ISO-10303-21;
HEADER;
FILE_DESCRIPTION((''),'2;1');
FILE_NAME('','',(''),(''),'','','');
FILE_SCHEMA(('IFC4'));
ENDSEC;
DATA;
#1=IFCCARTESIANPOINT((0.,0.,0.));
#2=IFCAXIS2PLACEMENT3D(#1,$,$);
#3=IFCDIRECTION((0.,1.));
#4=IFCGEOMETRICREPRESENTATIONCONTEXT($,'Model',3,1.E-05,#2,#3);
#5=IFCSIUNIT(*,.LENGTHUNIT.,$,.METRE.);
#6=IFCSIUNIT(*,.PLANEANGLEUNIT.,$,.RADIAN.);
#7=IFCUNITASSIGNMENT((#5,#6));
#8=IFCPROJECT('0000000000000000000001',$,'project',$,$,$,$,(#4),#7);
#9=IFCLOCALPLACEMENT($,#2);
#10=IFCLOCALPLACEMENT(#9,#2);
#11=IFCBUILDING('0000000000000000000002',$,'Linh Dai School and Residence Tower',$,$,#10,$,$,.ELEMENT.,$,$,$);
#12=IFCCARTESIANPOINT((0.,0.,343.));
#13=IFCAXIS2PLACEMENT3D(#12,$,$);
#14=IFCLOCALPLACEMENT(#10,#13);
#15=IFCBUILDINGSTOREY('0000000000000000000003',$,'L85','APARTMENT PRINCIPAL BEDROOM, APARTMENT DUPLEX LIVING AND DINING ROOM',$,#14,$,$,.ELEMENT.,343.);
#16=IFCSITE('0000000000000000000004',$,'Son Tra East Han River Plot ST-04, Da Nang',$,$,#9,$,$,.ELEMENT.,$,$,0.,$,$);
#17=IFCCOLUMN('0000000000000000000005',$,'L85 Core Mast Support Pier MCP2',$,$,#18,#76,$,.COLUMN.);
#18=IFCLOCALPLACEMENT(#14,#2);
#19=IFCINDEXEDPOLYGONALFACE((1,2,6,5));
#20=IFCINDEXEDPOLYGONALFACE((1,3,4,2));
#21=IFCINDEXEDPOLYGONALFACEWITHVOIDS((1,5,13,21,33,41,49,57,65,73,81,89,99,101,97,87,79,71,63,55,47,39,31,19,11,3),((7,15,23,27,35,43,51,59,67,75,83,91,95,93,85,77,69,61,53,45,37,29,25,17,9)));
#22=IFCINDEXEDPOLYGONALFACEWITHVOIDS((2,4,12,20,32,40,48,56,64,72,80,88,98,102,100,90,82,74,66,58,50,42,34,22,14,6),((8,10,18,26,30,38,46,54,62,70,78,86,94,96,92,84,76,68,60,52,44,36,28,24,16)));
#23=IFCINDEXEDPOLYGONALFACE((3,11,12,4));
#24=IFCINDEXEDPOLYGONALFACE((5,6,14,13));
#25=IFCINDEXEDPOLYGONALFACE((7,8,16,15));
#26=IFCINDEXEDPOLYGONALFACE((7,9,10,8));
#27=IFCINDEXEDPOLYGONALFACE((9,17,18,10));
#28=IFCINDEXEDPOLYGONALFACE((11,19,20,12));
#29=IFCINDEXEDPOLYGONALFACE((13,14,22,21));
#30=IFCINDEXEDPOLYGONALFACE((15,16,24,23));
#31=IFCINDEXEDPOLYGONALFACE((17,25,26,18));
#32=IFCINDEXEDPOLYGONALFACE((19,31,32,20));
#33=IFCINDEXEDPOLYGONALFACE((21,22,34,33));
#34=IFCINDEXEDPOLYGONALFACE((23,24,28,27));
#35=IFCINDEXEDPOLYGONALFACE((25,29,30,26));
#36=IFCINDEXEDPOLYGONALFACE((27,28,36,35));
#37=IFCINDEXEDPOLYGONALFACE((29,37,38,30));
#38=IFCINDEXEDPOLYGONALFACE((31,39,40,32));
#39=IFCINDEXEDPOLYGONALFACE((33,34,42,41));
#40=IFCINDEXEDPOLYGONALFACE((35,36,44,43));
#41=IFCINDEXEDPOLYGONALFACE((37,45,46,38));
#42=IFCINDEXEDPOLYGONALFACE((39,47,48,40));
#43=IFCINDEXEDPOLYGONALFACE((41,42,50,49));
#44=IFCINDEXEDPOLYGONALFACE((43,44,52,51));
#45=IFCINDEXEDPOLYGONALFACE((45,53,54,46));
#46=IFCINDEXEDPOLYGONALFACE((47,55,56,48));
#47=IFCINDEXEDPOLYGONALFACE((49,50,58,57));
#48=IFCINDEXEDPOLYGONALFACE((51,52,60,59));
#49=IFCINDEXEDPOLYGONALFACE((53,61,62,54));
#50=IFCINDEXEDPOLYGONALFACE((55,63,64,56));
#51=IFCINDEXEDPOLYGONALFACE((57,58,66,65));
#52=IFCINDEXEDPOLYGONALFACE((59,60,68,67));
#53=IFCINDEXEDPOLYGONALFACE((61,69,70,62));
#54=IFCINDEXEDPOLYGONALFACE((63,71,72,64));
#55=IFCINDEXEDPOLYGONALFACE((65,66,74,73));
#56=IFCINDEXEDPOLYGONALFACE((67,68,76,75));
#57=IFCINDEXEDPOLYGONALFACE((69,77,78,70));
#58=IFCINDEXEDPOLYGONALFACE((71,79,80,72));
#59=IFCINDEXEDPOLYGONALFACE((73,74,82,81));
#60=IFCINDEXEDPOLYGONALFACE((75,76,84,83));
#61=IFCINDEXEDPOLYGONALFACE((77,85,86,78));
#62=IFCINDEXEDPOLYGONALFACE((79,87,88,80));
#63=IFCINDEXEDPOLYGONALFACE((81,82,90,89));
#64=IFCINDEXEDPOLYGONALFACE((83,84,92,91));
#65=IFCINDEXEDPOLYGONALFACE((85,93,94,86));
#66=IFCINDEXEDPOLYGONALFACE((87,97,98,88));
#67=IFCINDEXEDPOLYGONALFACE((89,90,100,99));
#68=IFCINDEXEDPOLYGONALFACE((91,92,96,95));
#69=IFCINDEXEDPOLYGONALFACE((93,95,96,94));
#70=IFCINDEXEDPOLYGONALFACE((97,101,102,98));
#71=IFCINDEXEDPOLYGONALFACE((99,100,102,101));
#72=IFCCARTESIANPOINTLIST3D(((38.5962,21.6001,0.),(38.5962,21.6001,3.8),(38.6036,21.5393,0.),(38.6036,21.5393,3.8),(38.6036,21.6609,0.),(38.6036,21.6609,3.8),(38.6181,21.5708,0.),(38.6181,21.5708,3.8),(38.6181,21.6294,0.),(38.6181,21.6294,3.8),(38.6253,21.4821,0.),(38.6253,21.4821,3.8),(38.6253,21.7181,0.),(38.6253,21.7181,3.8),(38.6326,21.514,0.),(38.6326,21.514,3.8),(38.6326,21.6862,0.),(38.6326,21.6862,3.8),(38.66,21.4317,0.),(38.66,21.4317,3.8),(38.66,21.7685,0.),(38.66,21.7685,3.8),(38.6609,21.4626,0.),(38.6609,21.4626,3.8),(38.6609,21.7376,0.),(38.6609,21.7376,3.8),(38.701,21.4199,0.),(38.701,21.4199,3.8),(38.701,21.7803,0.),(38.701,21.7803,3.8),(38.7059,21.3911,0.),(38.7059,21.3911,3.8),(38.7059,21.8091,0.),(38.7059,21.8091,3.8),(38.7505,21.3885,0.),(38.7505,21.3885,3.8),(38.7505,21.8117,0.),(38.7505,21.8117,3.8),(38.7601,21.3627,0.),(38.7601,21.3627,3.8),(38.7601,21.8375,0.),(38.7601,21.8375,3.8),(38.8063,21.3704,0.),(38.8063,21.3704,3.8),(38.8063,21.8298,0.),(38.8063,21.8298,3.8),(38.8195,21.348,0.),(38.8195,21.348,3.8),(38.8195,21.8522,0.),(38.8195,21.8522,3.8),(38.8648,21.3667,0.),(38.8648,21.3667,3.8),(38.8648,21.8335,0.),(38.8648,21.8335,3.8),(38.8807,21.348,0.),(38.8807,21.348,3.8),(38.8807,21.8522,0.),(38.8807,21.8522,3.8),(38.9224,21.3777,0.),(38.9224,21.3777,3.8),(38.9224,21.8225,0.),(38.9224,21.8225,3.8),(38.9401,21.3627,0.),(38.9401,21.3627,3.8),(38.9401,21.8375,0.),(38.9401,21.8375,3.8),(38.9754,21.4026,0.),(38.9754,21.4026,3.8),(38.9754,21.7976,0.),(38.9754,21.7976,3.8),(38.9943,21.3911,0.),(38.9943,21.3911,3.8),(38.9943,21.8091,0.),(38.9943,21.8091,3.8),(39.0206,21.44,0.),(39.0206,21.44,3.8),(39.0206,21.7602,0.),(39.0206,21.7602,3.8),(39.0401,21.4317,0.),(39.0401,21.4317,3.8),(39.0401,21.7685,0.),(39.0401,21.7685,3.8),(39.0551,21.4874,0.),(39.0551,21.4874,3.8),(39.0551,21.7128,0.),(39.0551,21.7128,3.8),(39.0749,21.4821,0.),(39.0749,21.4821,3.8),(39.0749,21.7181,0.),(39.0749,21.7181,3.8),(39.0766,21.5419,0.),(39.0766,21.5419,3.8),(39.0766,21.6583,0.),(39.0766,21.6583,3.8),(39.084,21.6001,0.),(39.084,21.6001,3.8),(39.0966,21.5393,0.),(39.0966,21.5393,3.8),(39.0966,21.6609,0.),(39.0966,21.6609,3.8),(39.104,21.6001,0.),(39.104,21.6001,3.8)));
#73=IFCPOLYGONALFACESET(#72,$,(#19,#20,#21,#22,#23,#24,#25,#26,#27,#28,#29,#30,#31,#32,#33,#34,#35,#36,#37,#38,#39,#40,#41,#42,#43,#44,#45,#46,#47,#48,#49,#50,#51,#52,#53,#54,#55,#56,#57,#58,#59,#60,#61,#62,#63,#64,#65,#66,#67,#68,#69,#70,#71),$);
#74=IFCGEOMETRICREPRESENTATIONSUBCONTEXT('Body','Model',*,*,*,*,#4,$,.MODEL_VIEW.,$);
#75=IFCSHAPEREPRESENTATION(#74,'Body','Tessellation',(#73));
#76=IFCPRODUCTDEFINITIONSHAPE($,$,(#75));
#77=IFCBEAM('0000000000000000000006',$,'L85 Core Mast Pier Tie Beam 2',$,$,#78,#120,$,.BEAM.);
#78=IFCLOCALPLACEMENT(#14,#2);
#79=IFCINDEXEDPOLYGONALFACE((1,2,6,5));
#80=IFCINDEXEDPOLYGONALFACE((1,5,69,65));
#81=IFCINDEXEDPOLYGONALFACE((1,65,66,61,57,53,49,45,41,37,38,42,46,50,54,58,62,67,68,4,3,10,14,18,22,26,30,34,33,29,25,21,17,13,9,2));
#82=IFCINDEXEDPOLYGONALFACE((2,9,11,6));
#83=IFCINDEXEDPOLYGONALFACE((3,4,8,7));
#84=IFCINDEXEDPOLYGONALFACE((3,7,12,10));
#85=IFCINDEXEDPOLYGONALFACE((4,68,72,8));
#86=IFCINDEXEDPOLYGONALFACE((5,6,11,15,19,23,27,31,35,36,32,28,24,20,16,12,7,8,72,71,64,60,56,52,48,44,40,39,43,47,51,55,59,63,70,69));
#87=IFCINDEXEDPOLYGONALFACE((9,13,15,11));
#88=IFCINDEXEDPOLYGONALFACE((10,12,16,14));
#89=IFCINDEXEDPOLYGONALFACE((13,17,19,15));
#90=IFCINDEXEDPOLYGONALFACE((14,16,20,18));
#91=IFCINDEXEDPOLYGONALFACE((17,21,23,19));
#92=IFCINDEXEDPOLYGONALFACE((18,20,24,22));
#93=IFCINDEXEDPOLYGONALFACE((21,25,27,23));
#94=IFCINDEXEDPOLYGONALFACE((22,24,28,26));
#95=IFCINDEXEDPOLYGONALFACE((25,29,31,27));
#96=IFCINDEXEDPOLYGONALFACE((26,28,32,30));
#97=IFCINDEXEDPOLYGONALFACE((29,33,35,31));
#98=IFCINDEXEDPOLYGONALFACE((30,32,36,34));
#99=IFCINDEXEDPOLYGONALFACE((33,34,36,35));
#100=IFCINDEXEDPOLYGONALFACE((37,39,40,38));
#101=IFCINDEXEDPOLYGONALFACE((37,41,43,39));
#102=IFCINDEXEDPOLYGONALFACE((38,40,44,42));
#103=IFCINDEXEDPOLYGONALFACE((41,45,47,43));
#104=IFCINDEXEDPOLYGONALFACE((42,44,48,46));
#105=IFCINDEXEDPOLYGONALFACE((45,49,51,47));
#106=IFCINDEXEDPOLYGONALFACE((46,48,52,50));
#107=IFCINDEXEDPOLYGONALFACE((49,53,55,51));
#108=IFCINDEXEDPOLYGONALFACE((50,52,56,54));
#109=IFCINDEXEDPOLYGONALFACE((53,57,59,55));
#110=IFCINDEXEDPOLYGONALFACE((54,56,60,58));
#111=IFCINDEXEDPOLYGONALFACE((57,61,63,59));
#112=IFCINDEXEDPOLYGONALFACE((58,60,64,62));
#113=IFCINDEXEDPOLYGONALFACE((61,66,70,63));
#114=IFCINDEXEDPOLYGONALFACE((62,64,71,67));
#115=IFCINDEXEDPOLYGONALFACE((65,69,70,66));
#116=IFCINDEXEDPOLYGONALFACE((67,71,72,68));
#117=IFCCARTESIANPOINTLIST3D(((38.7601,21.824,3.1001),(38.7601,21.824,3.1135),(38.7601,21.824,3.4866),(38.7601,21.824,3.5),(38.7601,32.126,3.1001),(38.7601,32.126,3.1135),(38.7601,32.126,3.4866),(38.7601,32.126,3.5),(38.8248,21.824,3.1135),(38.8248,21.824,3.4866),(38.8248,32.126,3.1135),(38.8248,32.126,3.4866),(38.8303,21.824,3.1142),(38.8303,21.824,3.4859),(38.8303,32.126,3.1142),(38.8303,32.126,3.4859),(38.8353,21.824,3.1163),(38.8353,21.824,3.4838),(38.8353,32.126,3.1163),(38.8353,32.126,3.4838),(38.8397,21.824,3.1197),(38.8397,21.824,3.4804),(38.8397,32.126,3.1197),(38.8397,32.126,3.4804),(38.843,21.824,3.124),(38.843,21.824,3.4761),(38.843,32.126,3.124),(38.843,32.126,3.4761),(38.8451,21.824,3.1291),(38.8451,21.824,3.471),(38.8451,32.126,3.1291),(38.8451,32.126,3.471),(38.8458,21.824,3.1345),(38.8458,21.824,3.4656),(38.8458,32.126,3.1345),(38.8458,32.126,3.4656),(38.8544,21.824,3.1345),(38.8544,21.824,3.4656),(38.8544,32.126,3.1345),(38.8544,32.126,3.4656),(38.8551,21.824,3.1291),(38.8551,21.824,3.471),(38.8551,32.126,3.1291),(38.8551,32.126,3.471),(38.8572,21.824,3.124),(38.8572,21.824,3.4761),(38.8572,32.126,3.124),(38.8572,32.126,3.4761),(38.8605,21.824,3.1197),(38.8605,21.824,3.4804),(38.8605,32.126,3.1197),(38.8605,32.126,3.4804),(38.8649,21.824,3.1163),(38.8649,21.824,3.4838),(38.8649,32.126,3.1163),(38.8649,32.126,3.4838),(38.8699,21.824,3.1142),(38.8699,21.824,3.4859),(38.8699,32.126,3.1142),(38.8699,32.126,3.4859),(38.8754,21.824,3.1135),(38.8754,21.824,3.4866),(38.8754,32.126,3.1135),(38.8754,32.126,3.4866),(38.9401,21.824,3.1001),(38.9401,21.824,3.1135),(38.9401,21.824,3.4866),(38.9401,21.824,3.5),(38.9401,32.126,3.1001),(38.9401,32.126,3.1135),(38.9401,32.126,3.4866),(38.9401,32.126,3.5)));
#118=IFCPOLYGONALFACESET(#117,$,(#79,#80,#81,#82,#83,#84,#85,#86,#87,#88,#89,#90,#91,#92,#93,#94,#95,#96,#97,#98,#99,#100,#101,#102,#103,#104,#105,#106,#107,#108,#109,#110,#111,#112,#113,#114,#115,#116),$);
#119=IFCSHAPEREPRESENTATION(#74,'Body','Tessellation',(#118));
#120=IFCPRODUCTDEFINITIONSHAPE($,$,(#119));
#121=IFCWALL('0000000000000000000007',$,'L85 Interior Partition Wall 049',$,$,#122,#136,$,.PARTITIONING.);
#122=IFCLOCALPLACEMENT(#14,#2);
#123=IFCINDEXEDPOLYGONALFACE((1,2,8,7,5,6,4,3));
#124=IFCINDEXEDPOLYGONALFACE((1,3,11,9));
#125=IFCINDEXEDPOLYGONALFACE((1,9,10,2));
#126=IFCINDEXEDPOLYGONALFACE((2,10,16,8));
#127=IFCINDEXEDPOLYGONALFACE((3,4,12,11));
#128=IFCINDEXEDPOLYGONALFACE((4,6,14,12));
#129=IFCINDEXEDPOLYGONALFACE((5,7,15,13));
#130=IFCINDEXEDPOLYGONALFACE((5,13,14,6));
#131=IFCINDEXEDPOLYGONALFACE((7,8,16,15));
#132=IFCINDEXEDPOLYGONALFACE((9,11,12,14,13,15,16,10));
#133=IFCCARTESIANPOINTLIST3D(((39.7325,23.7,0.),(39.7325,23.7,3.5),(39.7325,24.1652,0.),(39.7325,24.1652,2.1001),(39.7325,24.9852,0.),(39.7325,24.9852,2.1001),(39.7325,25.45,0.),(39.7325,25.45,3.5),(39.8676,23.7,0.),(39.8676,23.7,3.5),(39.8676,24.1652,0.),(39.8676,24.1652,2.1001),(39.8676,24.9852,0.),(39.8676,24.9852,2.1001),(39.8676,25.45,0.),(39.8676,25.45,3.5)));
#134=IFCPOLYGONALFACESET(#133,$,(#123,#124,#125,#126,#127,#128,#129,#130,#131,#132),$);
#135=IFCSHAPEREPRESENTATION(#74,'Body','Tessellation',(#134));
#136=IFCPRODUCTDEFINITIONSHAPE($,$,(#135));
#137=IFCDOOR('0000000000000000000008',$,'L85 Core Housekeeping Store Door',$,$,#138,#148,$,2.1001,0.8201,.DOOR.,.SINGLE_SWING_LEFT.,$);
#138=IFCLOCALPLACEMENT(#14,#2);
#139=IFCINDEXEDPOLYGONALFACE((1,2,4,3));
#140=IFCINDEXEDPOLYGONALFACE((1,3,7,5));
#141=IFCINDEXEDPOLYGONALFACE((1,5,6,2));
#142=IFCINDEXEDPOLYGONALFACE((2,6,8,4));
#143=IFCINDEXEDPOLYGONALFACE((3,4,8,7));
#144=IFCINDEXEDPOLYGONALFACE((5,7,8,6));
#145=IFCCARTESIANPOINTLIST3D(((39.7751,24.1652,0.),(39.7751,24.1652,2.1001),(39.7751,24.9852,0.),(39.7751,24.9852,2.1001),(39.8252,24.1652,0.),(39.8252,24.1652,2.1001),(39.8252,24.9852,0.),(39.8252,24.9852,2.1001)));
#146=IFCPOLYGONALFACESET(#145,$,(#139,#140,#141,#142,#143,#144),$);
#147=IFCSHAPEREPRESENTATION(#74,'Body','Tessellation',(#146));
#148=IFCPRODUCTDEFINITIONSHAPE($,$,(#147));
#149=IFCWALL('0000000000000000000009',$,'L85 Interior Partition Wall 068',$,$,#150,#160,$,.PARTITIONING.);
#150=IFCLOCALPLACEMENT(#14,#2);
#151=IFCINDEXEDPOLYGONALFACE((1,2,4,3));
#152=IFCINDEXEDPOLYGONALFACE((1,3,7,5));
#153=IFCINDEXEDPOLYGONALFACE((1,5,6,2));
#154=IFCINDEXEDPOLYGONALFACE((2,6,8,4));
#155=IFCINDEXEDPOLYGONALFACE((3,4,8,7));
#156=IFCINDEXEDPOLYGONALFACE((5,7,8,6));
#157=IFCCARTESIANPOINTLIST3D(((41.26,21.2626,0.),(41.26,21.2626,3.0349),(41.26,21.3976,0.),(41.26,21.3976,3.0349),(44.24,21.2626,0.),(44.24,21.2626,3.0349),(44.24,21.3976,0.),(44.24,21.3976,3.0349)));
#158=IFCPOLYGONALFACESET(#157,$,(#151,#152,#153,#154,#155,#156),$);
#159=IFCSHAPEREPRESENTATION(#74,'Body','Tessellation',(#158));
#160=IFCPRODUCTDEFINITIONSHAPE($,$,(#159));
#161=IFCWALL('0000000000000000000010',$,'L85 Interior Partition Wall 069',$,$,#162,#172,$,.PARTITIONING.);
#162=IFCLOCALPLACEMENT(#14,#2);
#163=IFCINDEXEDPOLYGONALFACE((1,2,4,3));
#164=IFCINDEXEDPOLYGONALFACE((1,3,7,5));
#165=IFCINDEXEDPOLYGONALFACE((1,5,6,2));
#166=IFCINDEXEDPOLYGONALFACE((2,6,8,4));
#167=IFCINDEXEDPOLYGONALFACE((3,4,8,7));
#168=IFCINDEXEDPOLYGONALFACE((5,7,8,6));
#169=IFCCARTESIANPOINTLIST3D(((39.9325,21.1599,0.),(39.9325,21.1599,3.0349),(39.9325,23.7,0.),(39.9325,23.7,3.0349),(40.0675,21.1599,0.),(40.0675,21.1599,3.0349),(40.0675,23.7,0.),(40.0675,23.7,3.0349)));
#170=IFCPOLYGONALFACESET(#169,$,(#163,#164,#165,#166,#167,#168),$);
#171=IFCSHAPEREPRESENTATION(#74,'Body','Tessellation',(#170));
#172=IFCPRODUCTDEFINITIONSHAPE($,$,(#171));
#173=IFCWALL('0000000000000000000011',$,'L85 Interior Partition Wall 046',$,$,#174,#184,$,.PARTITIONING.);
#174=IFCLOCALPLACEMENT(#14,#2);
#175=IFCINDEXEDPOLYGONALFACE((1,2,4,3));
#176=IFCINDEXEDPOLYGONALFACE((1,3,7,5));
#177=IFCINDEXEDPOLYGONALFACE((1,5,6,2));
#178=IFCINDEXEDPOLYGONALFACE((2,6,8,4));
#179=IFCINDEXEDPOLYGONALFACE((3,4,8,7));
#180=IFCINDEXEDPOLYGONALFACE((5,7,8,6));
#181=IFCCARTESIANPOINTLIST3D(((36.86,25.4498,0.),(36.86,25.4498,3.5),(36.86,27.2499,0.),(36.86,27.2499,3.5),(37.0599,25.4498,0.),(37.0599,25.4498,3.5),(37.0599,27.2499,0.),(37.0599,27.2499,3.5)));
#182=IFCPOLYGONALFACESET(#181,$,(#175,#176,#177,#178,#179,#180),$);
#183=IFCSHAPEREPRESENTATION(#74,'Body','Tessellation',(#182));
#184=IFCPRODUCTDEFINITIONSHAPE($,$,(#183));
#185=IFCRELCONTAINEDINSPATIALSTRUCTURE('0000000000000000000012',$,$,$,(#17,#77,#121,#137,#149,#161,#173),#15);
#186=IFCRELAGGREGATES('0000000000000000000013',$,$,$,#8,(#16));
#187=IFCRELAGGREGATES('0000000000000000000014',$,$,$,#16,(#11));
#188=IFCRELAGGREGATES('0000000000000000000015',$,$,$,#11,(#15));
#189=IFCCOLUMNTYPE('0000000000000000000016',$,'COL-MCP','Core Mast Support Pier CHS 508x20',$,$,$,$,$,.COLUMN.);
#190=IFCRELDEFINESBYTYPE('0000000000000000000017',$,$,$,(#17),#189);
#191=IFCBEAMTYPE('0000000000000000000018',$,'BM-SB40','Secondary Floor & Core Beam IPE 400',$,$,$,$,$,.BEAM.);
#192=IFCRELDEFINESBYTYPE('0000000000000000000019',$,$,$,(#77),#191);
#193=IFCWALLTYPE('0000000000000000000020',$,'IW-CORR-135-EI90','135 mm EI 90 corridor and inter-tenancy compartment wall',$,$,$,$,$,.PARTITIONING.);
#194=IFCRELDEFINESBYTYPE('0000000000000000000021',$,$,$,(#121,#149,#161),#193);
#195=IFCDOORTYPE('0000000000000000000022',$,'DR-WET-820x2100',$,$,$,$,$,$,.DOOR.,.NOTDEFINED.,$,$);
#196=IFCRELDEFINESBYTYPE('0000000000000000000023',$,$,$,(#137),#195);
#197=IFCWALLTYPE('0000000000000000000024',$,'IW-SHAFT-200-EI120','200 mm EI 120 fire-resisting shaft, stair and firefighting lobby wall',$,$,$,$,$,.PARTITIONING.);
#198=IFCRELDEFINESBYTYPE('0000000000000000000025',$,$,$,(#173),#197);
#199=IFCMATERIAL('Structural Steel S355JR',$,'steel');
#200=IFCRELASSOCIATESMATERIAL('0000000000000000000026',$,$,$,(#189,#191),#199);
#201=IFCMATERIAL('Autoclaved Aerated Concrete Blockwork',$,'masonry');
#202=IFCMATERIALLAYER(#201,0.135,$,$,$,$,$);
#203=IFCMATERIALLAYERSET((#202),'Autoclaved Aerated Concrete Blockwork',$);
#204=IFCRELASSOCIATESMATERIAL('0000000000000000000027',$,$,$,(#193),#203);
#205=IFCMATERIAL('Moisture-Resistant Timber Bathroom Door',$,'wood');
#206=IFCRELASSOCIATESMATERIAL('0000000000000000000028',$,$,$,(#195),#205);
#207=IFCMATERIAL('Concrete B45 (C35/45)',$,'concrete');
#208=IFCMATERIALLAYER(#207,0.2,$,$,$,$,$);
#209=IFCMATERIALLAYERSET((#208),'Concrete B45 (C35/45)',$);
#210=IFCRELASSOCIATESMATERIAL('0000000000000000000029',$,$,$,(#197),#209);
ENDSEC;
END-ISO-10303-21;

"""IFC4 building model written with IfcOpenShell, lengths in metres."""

from ifc_helpers import new_model, si_unit, direction, frame, frame_2d, origin, origin_2d, place, context, subcontext, project, spatial, rectangle, hollow_circle, i_section, extrude, source, transform, mapped, material, layer, layer_set, material_profile, profile_set, type_object, element, fill, save


model = new_model("IFC4")

# Units and contexts
model_context = context("Model", 3, precision=1e-05, world=origin(), true_north=direction((0.0, 1.0)))
body_context = subcontext(model_context, "Body", "Model", "MODEL_VIEW")
ifc_project = project(units=[si_unit("LENGTHUNIT", "METRE"), si_unit("PLANEANGLEUNIT", "RADIAN")], contexts=[model_context])

# Site, building, storey
site_placement = place(None, origin())
site = spatial("IfcSite", under=ifc_project, at=site_placement, Name="Son Tra East Han River Plot ST-04, Da Nang", CompositionType="ELEMENT", RefElevation=0.0)
building_placement = place(site_placement, origin())
building = spatial("IfcBuilding", under=site, at=building_placement, Name="Linh Dai School and Residence Tower", CompositionType="ELEMENT")
storey_placement = place(building_placement, frame((0.0, 0.0, 343.0)))
storey = spatial("IfcBuildingStorey", under=building, at=storey_placement, Name="L85", Description="APARTMENT PRINCIPAL BEDROOM, APARTMENT DUPLEX LIVING AND DINING ROOM", CompositionType="ELEMENT", Elevation=343.0)

# Column
ifc_material_1 = material(Name="Structural Steel S355JR", Category="steel")
ifc_material_profile_1 = material_profile(ifc_material_1, hollow_circle(Radius=0.2539, WallThickness=0.02, at=origin_2d()), Name="CHS 508x20")
ifc_profile_set_1 = profile_set([ifc_material_profile_1], Name="Structural Steel S355JR")
column_type_1 = type_object("IfcColumnType", Name="COL-MCP", Description="Core Mast Support Pier CHS 508x20", PredefinedType="COLUMN", material=ifc_profile_set_1)
column_placement = place(storey_placement, frame((38.8501, 21.6001, 0.0), z_axis=(0.0, 0.0, 1.0), x_axis=(1.0, 0.0, 0.0)))
element("IfcColumn", 1, at=column_placement, inside=storey, type_object=column_type_1, Name="L85 Core Mast Support Pier MCP2", PredefinedType="COLUMN", context=body_context, shape_type="SweptSolid", body=[
    extrude(hollow_circle(Radius=0.2539, WallThickness=0.02, at=origin_2d()), origin(), (0.0, 0.0, 1.0), 3.8),
])

# Beam
ifc_material_profile_2 = material_profile(ifc_material_1, i_section(OverallWidth=0.1799, OverallDepth=0.3999, WebThickness=0.0085, FlangeThickness=0.0134, FilletRadius=0.021, at=origin_2d()), Name="IPE 400")
ifc_profile_set_2 = profile_set([ifc_material_profile_2], Name="Structural Steel S355JR")
beam_type = type_object("IfcBeamType", Name="BM-SB40", Description="Secondary Floor & Core Beam IPE 400", PredefinedType="BEAM", material=ifc_profile_set_2)
beam_placement = place(storey_placement, frame((38.8501, 21.824, 3.3), z_axis=(0.0, 1.0, 0.0), x_axis=(-1.0, 0.0, 0.0)))
element("IfcBeam", 2, at=beam_placement, inside=storey, type_object=beam_type, Name="L85 Core Mast Pier Tie Beam 2", PredefinedType="BEAM", context=body_context, shape_type="SweptSolid", body=[
    extrude(i_section(OverallWidth=0.1799, OverallDepth=0.3999, WebThickness=0.0085, FlangeThickness=0.0134, FilletRadius=0.021, at=origin_2d()), origin(), (0.0, 0.0, 1.0), 10.302),
])

# Wall, opening, door
ifc_material_2 = material(Name="Autoclaved Aerated Concrete Blockwork", Category="masonry")
ifc_layer_1 = layer(ifc_material_2, 0.135)
ifc_layer_set_1 = layer_set([ifc_layer_1], Name="Autoclaved Aerated Concrete Blockwork")
wall_type_1 = type_object("IfcWallType", Name="IW-CORR-135-EI90", Description="135 mm EI 90 corridor and inter-tenancy compartment wall", PredefinedType="PARTITIONING", material=ifc_layer_set_1)
wall_1_placement = place(storey_placement, frame((39.8, 23.7, 0.0), z_axis=(0.0, 0.0, 1.0), x_axis=(0.0, 1.0, 0.0)))
wall_1 = element("IfcWall", 3, at=wall_1_placement, inside=storey, type_object=wall_type_1, Name="L85 Interior Partition Wall 049", PredefinedType="PARTITIONING", context=body_context, shape_type="SweptSolid", body=[
    extrude(rectangle(XDim=1.75, YDim=0.135, at=frame_2d((0.875, 0.0))), origin(), (0.0, 0.0, 1.0), 3.5),
])
opening_placement = place(wall_1_placement, frame((0.4651, 0.0, 0.0)))
opening = element("IfcOpeningElement", 4, at=opening_placement, cuts=wall_1, PredefinedType="OPENING", context=body_context, shape_type="SweptSolid", body=[
    extrude(rectangle(XDim=0.8201, YDim=2.1001, at=origin_2d()), frame((0.4102, 0.0776, 1.05), z_axis=(0.0, -1.0, 0.0), x_axis=(1.0, 0.0, 0.0)), (0.0, 0.0, 1.0), 0.155),
])
ifc_material_3 = material(Name="Moisture-Resistant Timber Bathroom Door", Category="wood")
door_type = type_object("IfcDoorType", Name="DR-WET-820x2100", OperationType="NOTDEFINED", PredefinedType="DOOR", material=ifc_material_3)
shared_shape_1 = source(origin(), body_context, "Body", "SweptSolid", [
    extrude(rectangle(XDim=0.8201, YDim=2.1001, at=origin_2d()), frame((0.4102, 0.0249, 1.05), z_axis=(0.0, -1.0, 0.0), x_axis=(1.0, 0.0, 0.0)), (0.0, 0.0, 1.0), 0.05),
])
door_placement = place(opening_placement, origin())
door = element("IfcDoor", 5, at=door_placement, inside=storey, type_object=door_type, Name="L85 Core Housekeeping Store Door", OperationType="SINGLE_SWING_LEFT", OverallHeight=2.1001, OverallWidth=0.8201, PredefinedType="DOOR", context=body_context, shape_type="MappedRepresentation", body=[
    mapped(shared_shape_1, transform((0.0, 0.0, 0.0), x_axis=(1.0, 0.0, 0.0), y_axis=(0.0, 1.0, 0.0), z_axis=(0.0, 0.0, 1.0), scale=1.0)),
])
fill(opening, door)

# Walls
wall_2_placement = place(storey_placement, frame((44.24, 21.3301, 0.0), z_axis=(0.0, 0.0, 1.0), x_axis=(-1.0, 0.0, 0.0)))
element("IfcWall", 6, at=wall_2_placement, inside=storey, type_object=wall_type_1, Name="L85 Interior Partition Wall 068", PredefinedType="PARTITIONING", context=body_context, shape_type="SweptSolid", body=[
    extrude(rectangle(XDim=2.98, YDim=0.135, at=frame_2d((1.49, 0.0))), origin(), (0.0, 0.0, 1.0), 3.0349),
])
wall_3_placement = place(storey_placement, frame((40.0, 23.7, 0.0), z_axis=(0.0, 0.0, 1.0), x_axis=(0.0, -1.0, 0.0)))
element("IfcWall", 7, at=wall_3_placement, inside=storey, type_object=wall_type_1, Name="L85 Interior Partition Wall 069", PredefinedType="PARTITIONING", context=body_context, shape_type="SweptSolid", body=[
    extrude(rectangle(XDim=2.54, YDim=0.135, at=frame_2d((1.27, 0.0))), origin(), (0.0, 0.0, 1.0), 3.0349),
])
ifc_material_4 = material(Name="Concrete B45 (C35/45)", Category="concrete")
ifc_layer_2 = layer(ifc_material_4, 0.2)
ifc_layer_set_2 = layer_set([ifc_layer_2], Name="Concrete B45 (C35/45)")
wall_type_2 = type_object("IfcWallType", Name="IW-SHAFT-200-EI120", Description="200 mm EI 120 fire-resisting shaft, stair and firefighting lobby wall", PredefinedType="PARTITIONING", material=ifc_layer_set_2)
for number, where, z_axis, x_axis, name in (
    (8, (36.96, 25.45, 0.0), (0.0, 0.0, 1.0), (0.0, 1.0, 0.0), "L85 Interior Partition Wall 046"),
):
    element("IfcWall", number, at=place(storey_placement, frame(where, z_axis=z_axis, x_axis=x_axis)), inside=storey, type_object=wall_type_2, Name=name, PredefinedType="PARTITIONING", context=body_context, shape_type="SweptSolid", body=[
        extrude(rectangle(XDim=1.8, YDim=0.2, at=frame_2d((0.8999, 0.0))), origin(), (0.0, 0.0, 1.0), 3.5),
    ])

save(model, "model.ifc")
